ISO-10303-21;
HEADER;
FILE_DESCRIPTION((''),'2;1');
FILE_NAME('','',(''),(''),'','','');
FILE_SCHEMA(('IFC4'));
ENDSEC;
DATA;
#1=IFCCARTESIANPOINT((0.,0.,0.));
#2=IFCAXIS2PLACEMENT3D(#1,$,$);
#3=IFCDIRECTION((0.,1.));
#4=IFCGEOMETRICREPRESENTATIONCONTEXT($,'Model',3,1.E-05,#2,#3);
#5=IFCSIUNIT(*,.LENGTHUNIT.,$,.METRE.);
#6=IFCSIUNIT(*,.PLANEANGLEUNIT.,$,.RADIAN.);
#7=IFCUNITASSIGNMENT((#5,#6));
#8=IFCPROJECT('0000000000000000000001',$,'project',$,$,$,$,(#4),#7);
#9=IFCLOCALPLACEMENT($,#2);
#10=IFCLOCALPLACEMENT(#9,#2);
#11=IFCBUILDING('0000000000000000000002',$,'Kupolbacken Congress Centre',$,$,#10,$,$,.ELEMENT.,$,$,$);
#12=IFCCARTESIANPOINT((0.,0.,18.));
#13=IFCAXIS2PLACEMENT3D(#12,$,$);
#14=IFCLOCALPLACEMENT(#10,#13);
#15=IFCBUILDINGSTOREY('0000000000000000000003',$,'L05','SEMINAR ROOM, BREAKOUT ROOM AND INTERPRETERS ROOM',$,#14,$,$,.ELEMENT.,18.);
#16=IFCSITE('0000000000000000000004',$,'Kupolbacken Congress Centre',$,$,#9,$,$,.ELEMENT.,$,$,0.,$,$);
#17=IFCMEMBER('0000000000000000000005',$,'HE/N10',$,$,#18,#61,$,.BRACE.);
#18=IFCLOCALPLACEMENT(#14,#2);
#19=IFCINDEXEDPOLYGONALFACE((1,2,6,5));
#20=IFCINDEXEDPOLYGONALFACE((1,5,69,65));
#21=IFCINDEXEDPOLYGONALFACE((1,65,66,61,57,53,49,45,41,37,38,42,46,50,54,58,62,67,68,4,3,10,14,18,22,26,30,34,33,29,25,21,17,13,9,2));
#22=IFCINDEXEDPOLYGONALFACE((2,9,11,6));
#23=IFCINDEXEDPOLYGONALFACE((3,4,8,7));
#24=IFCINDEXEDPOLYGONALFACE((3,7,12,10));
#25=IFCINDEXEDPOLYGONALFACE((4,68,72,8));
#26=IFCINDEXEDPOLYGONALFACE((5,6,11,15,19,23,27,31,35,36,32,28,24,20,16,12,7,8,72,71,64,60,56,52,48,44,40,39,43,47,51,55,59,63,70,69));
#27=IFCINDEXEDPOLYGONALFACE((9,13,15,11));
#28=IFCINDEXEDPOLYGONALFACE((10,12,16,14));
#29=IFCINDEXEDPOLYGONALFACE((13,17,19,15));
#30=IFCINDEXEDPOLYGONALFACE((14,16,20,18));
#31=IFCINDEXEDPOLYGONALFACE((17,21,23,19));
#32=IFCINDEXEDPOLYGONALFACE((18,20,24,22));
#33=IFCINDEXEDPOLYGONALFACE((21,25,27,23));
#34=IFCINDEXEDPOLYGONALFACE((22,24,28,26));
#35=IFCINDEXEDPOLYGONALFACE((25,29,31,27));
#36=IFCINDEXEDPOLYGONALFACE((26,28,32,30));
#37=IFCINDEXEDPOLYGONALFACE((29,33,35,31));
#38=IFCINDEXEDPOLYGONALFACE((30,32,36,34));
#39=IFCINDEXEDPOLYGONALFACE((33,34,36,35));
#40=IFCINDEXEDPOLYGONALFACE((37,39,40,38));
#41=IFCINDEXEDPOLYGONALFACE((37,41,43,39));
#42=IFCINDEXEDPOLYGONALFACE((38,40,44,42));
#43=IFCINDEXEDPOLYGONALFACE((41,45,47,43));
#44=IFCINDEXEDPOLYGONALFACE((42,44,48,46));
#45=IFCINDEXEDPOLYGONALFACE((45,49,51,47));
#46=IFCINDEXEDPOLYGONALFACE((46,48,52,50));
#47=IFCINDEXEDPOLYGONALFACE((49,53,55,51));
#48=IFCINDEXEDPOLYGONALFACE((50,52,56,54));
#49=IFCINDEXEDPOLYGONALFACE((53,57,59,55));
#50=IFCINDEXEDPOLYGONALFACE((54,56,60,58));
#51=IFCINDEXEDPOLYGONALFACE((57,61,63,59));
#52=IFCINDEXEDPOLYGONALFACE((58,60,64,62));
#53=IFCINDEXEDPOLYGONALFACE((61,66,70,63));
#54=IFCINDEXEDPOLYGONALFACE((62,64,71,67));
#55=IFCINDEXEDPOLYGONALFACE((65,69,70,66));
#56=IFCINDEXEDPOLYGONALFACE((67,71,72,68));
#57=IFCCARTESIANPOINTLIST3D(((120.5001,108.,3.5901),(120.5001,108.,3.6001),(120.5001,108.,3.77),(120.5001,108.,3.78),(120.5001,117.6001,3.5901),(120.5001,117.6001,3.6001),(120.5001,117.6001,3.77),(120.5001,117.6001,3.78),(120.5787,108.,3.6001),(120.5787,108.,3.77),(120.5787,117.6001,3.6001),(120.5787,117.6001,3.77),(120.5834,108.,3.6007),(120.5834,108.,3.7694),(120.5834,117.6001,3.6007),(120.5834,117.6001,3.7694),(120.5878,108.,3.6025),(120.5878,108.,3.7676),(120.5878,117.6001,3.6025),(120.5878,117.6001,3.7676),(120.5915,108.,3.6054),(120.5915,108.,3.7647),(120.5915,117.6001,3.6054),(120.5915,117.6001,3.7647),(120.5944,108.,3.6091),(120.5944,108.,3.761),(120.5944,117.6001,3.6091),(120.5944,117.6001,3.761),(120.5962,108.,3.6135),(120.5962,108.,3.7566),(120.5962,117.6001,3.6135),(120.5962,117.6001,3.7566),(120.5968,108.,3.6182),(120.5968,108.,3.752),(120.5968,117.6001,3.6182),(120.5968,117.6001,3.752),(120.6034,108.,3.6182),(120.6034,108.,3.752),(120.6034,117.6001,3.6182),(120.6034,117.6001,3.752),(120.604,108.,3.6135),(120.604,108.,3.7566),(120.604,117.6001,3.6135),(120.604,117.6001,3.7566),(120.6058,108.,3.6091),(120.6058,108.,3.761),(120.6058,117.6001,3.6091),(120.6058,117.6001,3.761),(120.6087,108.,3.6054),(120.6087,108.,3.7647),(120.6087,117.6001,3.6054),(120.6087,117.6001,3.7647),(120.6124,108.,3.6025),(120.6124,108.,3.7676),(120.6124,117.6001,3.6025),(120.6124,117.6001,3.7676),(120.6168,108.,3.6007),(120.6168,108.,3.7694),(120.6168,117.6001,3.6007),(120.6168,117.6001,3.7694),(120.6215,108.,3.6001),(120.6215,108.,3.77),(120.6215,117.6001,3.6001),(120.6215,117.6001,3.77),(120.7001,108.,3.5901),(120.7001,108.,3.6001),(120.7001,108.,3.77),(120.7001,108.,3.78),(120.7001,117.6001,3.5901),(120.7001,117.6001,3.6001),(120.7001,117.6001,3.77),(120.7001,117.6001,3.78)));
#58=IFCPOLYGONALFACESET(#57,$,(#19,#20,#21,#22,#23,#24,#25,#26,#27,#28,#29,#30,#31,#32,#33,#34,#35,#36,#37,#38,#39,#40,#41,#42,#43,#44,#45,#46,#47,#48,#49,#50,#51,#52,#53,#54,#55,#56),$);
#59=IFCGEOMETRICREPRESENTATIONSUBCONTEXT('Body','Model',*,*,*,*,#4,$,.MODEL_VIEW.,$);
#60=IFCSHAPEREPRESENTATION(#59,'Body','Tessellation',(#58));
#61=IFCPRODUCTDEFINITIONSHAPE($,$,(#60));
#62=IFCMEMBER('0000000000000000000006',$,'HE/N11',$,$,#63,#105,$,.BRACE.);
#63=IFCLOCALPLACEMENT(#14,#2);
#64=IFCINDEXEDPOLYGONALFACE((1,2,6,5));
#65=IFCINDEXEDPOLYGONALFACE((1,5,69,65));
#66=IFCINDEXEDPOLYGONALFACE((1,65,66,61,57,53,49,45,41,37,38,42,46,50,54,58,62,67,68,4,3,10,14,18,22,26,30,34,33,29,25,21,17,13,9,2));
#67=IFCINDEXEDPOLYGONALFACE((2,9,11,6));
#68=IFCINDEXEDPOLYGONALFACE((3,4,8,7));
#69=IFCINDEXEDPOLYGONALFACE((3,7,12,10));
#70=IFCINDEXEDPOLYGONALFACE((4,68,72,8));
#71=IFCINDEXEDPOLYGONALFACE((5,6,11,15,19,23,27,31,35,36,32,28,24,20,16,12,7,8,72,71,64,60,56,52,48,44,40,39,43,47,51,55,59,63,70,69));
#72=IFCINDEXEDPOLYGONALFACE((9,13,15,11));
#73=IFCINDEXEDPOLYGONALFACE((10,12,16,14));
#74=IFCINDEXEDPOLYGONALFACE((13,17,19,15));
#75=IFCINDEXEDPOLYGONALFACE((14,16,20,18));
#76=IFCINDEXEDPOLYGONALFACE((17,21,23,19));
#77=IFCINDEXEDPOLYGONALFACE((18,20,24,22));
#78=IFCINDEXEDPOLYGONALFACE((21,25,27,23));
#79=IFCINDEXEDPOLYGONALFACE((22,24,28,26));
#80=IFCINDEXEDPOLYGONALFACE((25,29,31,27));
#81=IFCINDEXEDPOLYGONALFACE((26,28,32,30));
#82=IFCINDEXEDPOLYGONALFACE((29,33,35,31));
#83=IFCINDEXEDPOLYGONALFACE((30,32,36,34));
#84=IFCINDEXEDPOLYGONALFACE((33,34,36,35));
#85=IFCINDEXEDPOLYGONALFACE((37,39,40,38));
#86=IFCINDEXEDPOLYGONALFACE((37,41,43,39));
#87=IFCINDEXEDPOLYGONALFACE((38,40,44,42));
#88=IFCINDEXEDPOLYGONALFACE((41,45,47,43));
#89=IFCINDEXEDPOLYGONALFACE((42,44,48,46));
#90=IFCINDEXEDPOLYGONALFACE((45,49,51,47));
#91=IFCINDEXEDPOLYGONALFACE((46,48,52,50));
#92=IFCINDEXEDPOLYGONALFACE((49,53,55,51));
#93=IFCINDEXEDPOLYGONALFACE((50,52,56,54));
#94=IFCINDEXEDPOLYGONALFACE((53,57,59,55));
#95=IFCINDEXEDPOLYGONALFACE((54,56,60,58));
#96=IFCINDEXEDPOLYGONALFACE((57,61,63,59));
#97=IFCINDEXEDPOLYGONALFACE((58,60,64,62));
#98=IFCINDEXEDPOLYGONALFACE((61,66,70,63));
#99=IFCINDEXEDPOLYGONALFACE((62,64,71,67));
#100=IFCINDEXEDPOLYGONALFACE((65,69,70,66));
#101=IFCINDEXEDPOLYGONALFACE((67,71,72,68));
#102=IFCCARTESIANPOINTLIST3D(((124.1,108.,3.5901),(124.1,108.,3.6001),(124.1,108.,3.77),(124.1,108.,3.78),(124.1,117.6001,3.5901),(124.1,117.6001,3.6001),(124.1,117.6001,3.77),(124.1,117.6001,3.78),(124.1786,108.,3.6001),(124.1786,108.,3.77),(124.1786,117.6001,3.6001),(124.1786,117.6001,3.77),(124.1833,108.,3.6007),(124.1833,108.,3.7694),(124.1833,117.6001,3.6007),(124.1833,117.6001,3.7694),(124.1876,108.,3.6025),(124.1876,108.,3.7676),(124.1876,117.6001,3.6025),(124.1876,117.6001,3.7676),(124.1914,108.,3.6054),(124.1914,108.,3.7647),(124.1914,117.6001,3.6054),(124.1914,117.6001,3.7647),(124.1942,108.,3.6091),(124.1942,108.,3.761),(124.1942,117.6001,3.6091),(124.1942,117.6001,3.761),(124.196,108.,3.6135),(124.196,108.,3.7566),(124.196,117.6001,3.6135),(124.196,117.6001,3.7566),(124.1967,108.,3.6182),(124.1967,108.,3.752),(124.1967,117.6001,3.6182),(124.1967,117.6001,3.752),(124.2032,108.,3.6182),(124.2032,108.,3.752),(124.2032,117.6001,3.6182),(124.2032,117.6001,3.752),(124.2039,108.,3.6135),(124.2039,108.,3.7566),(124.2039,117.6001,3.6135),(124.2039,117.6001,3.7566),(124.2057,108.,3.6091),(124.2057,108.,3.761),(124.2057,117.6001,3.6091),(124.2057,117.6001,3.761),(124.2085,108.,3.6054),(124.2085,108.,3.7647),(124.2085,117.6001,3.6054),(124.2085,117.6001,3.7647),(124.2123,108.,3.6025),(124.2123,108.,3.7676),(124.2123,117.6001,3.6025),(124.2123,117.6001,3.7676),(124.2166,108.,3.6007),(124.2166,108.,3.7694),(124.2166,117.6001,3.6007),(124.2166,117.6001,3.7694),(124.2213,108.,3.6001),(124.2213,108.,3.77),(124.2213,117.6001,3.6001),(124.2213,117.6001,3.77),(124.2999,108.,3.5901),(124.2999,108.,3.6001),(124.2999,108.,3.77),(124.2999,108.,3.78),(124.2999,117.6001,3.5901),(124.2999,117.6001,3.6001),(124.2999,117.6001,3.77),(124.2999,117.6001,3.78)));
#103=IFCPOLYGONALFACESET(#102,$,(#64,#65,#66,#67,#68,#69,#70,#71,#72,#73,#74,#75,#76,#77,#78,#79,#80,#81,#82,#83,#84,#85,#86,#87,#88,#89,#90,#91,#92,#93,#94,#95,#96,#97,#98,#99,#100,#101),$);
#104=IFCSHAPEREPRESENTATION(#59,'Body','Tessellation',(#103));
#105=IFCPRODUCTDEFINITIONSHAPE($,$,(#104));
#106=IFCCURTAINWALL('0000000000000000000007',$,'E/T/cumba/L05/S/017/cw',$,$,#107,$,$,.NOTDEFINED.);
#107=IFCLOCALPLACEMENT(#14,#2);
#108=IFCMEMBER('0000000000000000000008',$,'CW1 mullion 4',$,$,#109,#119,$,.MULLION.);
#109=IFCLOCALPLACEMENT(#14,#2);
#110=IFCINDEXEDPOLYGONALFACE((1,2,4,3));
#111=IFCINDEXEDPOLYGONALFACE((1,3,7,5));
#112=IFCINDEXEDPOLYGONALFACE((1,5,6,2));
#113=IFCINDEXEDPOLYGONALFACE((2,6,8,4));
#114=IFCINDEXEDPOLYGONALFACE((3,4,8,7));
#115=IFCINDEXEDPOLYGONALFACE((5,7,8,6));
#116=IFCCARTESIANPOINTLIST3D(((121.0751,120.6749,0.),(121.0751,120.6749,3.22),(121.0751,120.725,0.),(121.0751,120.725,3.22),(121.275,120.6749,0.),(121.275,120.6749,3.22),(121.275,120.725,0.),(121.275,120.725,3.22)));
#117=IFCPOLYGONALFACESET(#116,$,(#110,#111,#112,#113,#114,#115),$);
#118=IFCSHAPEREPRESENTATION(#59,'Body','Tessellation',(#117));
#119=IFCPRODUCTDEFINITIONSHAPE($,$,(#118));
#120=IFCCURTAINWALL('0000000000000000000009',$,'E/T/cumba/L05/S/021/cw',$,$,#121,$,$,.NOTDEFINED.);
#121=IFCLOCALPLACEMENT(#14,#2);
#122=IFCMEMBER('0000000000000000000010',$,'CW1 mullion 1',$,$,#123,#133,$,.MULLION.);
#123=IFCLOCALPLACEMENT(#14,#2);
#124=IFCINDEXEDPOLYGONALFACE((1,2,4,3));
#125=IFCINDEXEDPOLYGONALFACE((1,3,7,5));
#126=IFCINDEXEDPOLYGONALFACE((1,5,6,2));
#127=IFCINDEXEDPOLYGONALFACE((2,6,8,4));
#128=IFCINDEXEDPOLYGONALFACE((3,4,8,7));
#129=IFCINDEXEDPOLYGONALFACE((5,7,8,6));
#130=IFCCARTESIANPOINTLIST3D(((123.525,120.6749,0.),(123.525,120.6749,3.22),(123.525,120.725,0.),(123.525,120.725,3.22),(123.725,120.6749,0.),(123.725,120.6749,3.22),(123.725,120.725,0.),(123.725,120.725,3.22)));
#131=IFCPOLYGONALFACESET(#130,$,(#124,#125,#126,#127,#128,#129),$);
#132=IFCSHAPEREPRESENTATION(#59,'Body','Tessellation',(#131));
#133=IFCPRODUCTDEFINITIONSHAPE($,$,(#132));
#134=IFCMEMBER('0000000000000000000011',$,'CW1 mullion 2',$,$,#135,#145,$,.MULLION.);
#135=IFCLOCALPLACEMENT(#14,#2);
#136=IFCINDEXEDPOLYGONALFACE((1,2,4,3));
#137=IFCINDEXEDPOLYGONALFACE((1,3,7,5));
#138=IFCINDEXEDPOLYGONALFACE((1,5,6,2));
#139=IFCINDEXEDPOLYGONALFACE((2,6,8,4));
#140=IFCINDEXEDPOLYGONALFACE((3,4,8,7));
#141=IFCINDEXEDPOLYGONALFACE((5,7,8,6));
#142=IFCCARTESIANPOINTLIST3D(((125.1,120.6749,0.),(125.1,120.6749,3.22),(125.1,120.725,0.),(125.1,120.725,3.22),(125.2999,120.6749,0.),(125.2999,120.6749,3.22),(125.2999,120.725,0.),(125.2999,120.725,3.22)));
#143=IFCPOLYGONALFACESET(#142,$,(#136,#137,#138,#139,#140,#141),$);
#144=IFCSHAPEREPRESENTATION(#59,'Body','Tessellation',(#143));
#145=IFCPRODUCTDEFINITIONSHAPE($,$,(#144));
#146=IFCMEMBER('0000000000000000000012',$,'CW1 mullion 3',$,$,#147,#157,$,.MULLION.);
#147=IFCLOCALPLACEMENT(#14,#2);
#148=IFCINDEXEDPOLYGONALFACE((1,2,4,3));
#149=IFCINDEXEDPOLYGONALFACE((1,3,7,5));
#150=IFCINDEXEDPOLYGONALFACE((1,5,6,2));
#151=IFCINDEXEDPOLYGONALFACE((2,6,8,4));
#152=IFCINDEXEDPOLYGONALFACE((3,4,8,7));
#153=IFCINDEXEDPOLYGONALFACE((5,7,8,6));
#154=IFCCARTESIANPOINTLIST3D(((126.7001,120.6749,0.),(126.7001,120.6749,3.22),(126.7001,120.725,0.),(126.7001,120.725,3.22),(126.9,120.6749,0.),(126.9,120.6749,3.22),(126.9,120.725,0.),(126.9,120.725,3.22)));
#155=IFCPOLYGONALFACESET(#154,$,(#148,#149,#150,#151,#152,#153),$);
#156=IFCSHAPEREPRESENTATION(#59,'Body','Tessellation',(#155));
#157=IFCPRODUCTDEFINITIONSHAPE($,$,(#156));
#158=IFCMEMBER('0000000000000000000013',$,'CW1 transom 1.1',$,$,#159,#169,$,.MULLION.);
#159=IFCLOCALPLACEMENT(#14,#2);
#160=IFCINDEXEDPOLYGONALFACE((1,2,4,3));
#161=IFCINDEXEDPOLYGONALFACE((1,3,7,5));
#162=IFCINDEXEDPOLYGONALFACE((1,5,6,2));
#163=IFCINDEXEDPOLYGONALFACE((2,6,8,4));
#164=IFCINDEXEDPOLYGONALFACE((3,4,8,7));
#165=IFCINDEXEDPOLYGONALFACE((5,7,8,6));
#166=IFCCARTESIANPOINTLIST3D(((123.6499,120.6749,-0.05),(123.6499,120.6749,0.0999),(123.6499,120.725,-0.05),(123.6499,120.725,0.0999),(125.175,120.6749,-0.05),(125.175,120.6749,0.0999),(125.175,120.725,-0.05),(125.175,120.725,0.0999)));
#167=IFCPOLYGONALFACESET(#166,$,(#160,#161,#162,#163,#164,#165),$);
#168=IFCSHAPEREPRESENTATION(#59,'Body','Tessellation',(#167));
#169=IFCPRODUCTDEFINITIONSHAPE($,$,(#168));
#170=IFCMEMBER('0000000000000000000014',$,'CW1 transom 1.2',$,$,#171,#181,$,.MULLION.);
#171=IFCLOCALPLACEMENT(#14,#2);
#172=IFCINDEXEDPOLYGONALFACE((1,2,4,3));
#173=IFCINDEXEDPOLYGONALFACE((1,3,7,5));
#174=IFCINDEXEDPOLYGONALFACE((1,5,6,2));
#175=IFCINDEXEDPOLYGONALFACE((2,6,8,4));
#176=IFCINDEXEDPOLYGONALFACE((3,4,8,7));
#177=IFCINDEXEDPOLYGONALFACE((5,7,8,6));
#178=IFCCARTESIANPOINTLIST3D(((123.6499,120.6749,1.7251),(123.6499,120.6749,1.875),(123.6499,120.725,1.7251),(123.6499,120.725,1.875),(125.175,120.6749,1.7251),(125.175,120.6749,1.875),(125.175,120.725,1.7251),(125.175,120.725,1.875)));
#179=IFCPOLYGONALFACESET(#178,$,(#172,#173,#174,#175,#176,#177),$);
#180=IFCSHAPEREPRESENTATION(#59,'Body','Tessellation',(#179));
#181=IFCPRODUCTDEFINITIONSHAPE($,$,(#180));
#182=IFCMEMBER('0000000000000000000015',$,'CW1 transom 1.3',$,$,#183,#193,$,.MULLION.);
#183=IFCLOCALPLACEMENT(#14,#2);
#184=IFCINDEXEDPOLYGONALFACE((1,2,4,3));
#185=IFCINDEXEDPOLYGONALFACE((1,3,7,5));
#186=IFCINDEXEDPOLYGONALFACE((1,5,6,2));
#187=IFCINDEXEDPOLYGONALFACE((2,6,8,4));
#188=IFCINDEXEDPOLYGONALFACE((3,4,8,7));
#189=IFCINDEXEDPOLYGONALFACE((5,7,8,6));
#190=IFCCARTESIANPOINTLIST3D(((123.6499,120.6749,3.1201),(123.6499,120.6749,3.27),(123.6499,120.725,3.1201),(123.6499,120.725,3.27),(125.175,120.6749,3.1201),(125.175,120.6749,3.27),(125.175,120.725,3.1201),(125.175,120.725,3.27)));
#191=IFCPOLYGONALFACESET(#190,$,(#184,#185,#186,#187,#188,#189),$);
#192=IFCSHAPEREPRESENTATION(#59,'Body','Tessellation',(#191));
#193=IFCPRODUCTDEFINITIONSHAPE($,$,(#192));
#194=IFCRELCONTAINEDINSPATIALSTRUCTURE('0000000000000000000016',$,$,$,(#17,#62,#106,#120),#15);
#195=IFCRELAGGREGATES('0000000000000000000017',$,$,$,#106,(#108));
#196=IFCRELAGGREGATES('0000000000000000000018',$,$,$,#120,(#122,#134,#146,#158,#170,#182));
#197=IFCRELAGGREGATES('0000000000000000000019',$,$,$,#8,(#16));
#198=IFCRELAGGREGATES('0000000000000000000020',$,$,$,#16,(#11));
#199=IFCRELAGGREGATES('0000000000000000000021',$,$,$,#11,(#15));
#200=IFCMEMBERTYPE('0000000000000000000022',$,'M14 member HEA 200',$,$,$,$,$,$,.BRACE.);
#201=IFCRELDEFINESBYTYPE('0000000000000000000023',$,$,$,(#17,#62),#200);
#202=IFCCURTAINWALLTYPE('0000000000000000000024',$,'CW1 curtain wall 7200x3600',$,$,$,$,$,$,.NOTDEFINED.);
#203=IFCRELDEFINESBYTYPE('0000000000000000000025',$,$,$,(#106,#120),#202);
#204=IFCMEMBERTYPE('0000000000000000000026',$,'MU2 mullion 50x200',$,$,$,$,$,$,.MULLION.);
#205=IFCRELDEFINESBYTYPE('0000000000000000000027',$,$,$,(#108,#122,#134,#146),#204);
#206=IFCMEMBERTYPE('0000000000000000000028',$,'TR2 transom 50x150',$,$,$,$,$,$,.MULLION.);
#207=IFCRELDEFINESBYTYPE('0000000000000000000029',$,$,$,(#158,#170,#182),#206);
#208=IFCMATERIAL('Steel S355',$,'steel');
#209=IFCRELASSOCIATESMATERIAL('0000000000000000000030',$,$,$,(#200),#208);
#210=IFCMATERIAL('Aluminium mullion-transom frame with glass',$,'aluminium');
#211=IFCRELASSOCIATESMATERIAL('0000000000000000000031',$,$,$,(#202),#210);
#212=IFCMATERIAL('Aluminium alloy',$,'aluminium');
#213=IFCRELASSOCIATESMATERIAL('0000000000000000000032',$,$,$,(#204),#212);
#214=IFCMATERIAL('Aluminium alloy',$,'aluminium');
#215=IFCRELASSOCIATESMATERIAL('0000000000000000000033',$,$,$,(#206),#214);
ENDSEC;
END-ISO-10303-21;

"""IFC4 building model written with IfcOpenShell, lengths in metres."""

from ifc_helpers import new_model, si_unit, direction, frame, origin, origin_2d, place, context, subcontext, project, spatial, rectangle, i_section, extrude, material, material_profile, profile_set, type_object, element, aggregate, save


model = new_model("IFC4")

# Units and contexts
model_context = context("Model", 3, precision=1e-05, world=origin(), true_north=direction((0.0, 1.0)))
body_context = subcontext(model_context, "Body", "Model", "MODEL_VIEW")
ifc_project = project(units=[si_unit("LENGTHUNIT", "METRE"), si_unit("PLANEANGLEUNIT", "RADIAN")], contexts=[model_context])

# Site, building, storey
site_placement = place(None, origin())
site = spatial("IfcSite", under=ifc_project, at=site_placement, Name="Kupolbacken Congress Centre", CompositionType="ELEMENT", RefElevation=0.0)
building_placement = place(site_placement, origin())
building = spatial("IfcBuilding", under=site, at=building_placement, Name="Kupolbacken Congress Centre", CompositionType="ELEMENT")
storey_placement = place(building_placement, frame((0.0, 0.0, 18.0)))
storey = spatial("IfcBuildingStorey", under=building, at=storey_placement, Name="L05", Description="SEMINAR ROOM, BREAKOUT ROOM AND INTERPRETERS ROOM", CompositionType="ELEMENT", Elevation=18.0)

# Members
ifc_material_1 = material(Name="Steel S355", Category="steel")
ifc_material_profile_1 = material_profile(ifc_material_1, i_section(OverallWidth=0.2, OverallDepth=0.1899, WebThickness=0.0066, FlangeThickness=0.01, FilletRadius=0.0181, at=origin_2d()), Name="HEA 200")
ifc_profile_set_1 = profile_set([ifc_material_profile_1], Name="Steel S355")
member_type_1 = type_object("IfcMemberType", Name="M14 member HEA 200", PredefinedType="BRACE", material=ifc_profile_set_1)
for number, where, z_axis, x_axis, name in (
    (1, (120.6001, 108.0, 3.6851), (0.0, 1.0, 0.0), (-1.0, 0.0, 0.0), "HE/N10"),
    (2, (124.2, 108.0, 3.6851), (0.0, 1.0, 0.0), (-1.0, 0.0, 0.0), "HE/N11"),
):
    element("IfcMember", number, at=place(storey_placement, frame(where, z_axis=z_axis, x_axis=x_axis)), inside=storey, type_object=member_type_1, Name=name, PredefinedType="BRACE", context=body_context, shape_type="SweptSolid", body=[
        extrude(i_section(OverallWidth=0.2, OverallDepth=0.1899, WebThickness=0.0066, FlangeThickness=0.01, FilletRadius=0.0181, at=origin_2d()), origin(), (0.0, 0.0, 1.0), 9.6001),
    ])

# Curtain wall, member
ifc_material_2 = material(Name="Aluminium mullion-transom frame with glass", Category="aluminium")
curtain_wall_type = type_object("IfcCurtainWallType", Name="CW1 curtain wall 7200x3600", PredefinedType="NOTDEFINED", material=ifc_material_2)
curtain_wall_1_placement = place(storey_placement, origin())
curtain_wall_1 = element("IfcCurtainWall", 3, at=curtain_wall_1_placement, inside=storey, type_object=curtain_wall_type, Name="E/T/cumba/L05/S/017/cw", PredefinedType="NOTDEFINED")
ifc_material_3 = material(Name="Aluminium alloy", Category="aluminium")
ifc_material_profile_2 = material_profile(ifc_material_3, rectangle(XDim=0.05, YDim=0.2, at=origin_2d()), Name="50 x 200")
ifc_profile_set_2 = profile_set([ifc_material_profile_2], Name="Aluminium alloy")
member_type_2 = type_object("IfcMemberType", Name="MU2 mullion 50x200", PredefinedType="MULLION", material=ifc_profile_set_2)
member_1_placement = place(storey_placement, frame((121.175, 120.7, 0.0), z_axis=(0.0, 0.0, 1.0), x_axis=(0.0, 1.0, 0.0)))
member_1 = element("IfcMember", 4, at=member_1_placement, type_object=member_type_2, Name="CW1 mullion 4", PredefinedType="MULLION", context=body_context, shape_type="SweptSolid", body=[
    extrude(rectangle(XDim=0.05, YDim=0.2, at=origin_2d()), origin(), (0.0, 0.0, 1.0), 3.22),
])

# Curtain wall, members
curtain_wall_2_placement = place(storey_placement, origin())
curtain_wall_2 = element("IfcCurtainWall", 5, at=curtain_wall_2_placement, inside=storey, type_object=curtain_wall_type, Name="E/T/cumba/L05/S/021/cw", PredefinedType="NOTDEFINED")
member_2_placement = place(storey_placement, frame((123.625, 120.7, 0.0), z_axis=(0.0, 0.0, 1.0), x_axis=(0.0, 1.0, 0.0)))
member_2 = element("IfcMember", 6, at=member_2_placement, type_object=member_type_2, Name="CW1 mullion 1", PredefinedType="MULLION", context=body_context, shape_type="SweptSolid", body=[
    extrude(rectangle(XDim=0.05, YDim=0.2, at=origin_2d()), origin(), (0.0, 0.0, 1.0), 3.22),
])
member_3_placement = place(storey_placement, frame((125.2, 120.7, 0.0), z_axis=(0.0, 0.0, 1.0), x_axis=(0.0, 1.0, 0.0)))
member_3 = element("IfcMember", 7, at=member_3_placement, type_object=member_type_2, Name="CW1 mullion 2", PredefinedType="MULLION", context=body_context, shape_type="SweptSolid", body=[
    extrude(rectangle(XDim=0.05, YDim=0.2, at=origin_2d()), origin(), (0.0, 0.0, 1.0), 3.22),
])
member_4_placement = place(storey_placement, frame((126.8, 120.7, 0.0), z_axis=(0.0, 0.0, 1.0), x_axis=(0.0, 1.0, 0.0)))
member_4 = element("IfcMember", 8, at=member_4_placement, type_object=member_type_2, Name="CW1 mullion 3", PredefinedType="MULLION", context=body_context, shape_type="SweptSolid", body=[
    extrude(rectangle(XDim=0.05, YDim=0.2, at=origin_2d()), origin(), (0.0, 0.0, 1.0), 3.22),
])
ifc_material_4 = material(Name="Aluminium alloy", Category="aluminium")
ifc_material_profile_3 = material_profile(ifc_material_4, rectangle(XDim=0.05, YDim=0.1499, at=origin_2d()), Name="50 x 150")
ifc_profile_set_3 = profile_set([ifc_material_profile_3], Name="Aluminium alloy")
member_type_3 = type_object("IfcMemberType", Name="TR2 transom 50x150", PredefinedType="MULLION", material=ifc_profile_set_3)
member_5_placement = place(storey_placement, frame((123.6499, 120.7, 0.0249), z_axis=(1.0, 0.0, 0.0), x_axis=(0.0, 1.0, 0.0)))
member_5 = element("IfcMember", 9, at=member_5_placement, type_object=member_type_3, Name="CW1 transom 1.1", PredefinedType="MULLION", context=body_context, shape_type="SweptSolid", body=[
    extrude(rectangle(XDim=0.05, YDim=0.1499, at=origin_2d()), origin(), (0.0, 0.0, 1.0), 1.5251),
])
member_6_placement = place(storey_placement, frame((123.6499, 120.7, 1.8), z_axis=(1.0, 0.0, 0.0), x_axis=(0.0, 1.0, 0.0)))
member_6 = element("IfcMember", 10, at=member_6_placement, type_object=member_type_3, Name="CW1 transom 1.2", PredefinedType="MULLION", context=body_context, shape_type="SweptSolid", body=[
    extrude(rectangle(XDim=0.05, YDim=0.1499, at=origin_2d()), origin(), (0.0, 0.0, 1.0), 1.5251),
])
member_7_placement = place(storey_placement, frame((123.6499, 120.7, 3.1951), z_axis=(1.0, 0.0, 0.0), x_axis=(0.0, 1.0, 0.0)))
member_7 = element("IfcMember", 11, at=member_7_placement, type_object=member_type_3, Name="CW1 transom 1.3", PredefinedType="MULLION", context=body_context, shape_type="SweptSolid", body=[
    extrude(rectangle(XDim=0.05, YDim=0.1499, at=origin_2d()), origin(), (0.0, 0.0, 1.0), 1.5251),
])

aggregate(curtain_wall_1, [member_1])
aggregate(curtain_wall_2, [member_2, member_3, member_4, member_5, member_6, member_7])

save(model, "model.ifc")
